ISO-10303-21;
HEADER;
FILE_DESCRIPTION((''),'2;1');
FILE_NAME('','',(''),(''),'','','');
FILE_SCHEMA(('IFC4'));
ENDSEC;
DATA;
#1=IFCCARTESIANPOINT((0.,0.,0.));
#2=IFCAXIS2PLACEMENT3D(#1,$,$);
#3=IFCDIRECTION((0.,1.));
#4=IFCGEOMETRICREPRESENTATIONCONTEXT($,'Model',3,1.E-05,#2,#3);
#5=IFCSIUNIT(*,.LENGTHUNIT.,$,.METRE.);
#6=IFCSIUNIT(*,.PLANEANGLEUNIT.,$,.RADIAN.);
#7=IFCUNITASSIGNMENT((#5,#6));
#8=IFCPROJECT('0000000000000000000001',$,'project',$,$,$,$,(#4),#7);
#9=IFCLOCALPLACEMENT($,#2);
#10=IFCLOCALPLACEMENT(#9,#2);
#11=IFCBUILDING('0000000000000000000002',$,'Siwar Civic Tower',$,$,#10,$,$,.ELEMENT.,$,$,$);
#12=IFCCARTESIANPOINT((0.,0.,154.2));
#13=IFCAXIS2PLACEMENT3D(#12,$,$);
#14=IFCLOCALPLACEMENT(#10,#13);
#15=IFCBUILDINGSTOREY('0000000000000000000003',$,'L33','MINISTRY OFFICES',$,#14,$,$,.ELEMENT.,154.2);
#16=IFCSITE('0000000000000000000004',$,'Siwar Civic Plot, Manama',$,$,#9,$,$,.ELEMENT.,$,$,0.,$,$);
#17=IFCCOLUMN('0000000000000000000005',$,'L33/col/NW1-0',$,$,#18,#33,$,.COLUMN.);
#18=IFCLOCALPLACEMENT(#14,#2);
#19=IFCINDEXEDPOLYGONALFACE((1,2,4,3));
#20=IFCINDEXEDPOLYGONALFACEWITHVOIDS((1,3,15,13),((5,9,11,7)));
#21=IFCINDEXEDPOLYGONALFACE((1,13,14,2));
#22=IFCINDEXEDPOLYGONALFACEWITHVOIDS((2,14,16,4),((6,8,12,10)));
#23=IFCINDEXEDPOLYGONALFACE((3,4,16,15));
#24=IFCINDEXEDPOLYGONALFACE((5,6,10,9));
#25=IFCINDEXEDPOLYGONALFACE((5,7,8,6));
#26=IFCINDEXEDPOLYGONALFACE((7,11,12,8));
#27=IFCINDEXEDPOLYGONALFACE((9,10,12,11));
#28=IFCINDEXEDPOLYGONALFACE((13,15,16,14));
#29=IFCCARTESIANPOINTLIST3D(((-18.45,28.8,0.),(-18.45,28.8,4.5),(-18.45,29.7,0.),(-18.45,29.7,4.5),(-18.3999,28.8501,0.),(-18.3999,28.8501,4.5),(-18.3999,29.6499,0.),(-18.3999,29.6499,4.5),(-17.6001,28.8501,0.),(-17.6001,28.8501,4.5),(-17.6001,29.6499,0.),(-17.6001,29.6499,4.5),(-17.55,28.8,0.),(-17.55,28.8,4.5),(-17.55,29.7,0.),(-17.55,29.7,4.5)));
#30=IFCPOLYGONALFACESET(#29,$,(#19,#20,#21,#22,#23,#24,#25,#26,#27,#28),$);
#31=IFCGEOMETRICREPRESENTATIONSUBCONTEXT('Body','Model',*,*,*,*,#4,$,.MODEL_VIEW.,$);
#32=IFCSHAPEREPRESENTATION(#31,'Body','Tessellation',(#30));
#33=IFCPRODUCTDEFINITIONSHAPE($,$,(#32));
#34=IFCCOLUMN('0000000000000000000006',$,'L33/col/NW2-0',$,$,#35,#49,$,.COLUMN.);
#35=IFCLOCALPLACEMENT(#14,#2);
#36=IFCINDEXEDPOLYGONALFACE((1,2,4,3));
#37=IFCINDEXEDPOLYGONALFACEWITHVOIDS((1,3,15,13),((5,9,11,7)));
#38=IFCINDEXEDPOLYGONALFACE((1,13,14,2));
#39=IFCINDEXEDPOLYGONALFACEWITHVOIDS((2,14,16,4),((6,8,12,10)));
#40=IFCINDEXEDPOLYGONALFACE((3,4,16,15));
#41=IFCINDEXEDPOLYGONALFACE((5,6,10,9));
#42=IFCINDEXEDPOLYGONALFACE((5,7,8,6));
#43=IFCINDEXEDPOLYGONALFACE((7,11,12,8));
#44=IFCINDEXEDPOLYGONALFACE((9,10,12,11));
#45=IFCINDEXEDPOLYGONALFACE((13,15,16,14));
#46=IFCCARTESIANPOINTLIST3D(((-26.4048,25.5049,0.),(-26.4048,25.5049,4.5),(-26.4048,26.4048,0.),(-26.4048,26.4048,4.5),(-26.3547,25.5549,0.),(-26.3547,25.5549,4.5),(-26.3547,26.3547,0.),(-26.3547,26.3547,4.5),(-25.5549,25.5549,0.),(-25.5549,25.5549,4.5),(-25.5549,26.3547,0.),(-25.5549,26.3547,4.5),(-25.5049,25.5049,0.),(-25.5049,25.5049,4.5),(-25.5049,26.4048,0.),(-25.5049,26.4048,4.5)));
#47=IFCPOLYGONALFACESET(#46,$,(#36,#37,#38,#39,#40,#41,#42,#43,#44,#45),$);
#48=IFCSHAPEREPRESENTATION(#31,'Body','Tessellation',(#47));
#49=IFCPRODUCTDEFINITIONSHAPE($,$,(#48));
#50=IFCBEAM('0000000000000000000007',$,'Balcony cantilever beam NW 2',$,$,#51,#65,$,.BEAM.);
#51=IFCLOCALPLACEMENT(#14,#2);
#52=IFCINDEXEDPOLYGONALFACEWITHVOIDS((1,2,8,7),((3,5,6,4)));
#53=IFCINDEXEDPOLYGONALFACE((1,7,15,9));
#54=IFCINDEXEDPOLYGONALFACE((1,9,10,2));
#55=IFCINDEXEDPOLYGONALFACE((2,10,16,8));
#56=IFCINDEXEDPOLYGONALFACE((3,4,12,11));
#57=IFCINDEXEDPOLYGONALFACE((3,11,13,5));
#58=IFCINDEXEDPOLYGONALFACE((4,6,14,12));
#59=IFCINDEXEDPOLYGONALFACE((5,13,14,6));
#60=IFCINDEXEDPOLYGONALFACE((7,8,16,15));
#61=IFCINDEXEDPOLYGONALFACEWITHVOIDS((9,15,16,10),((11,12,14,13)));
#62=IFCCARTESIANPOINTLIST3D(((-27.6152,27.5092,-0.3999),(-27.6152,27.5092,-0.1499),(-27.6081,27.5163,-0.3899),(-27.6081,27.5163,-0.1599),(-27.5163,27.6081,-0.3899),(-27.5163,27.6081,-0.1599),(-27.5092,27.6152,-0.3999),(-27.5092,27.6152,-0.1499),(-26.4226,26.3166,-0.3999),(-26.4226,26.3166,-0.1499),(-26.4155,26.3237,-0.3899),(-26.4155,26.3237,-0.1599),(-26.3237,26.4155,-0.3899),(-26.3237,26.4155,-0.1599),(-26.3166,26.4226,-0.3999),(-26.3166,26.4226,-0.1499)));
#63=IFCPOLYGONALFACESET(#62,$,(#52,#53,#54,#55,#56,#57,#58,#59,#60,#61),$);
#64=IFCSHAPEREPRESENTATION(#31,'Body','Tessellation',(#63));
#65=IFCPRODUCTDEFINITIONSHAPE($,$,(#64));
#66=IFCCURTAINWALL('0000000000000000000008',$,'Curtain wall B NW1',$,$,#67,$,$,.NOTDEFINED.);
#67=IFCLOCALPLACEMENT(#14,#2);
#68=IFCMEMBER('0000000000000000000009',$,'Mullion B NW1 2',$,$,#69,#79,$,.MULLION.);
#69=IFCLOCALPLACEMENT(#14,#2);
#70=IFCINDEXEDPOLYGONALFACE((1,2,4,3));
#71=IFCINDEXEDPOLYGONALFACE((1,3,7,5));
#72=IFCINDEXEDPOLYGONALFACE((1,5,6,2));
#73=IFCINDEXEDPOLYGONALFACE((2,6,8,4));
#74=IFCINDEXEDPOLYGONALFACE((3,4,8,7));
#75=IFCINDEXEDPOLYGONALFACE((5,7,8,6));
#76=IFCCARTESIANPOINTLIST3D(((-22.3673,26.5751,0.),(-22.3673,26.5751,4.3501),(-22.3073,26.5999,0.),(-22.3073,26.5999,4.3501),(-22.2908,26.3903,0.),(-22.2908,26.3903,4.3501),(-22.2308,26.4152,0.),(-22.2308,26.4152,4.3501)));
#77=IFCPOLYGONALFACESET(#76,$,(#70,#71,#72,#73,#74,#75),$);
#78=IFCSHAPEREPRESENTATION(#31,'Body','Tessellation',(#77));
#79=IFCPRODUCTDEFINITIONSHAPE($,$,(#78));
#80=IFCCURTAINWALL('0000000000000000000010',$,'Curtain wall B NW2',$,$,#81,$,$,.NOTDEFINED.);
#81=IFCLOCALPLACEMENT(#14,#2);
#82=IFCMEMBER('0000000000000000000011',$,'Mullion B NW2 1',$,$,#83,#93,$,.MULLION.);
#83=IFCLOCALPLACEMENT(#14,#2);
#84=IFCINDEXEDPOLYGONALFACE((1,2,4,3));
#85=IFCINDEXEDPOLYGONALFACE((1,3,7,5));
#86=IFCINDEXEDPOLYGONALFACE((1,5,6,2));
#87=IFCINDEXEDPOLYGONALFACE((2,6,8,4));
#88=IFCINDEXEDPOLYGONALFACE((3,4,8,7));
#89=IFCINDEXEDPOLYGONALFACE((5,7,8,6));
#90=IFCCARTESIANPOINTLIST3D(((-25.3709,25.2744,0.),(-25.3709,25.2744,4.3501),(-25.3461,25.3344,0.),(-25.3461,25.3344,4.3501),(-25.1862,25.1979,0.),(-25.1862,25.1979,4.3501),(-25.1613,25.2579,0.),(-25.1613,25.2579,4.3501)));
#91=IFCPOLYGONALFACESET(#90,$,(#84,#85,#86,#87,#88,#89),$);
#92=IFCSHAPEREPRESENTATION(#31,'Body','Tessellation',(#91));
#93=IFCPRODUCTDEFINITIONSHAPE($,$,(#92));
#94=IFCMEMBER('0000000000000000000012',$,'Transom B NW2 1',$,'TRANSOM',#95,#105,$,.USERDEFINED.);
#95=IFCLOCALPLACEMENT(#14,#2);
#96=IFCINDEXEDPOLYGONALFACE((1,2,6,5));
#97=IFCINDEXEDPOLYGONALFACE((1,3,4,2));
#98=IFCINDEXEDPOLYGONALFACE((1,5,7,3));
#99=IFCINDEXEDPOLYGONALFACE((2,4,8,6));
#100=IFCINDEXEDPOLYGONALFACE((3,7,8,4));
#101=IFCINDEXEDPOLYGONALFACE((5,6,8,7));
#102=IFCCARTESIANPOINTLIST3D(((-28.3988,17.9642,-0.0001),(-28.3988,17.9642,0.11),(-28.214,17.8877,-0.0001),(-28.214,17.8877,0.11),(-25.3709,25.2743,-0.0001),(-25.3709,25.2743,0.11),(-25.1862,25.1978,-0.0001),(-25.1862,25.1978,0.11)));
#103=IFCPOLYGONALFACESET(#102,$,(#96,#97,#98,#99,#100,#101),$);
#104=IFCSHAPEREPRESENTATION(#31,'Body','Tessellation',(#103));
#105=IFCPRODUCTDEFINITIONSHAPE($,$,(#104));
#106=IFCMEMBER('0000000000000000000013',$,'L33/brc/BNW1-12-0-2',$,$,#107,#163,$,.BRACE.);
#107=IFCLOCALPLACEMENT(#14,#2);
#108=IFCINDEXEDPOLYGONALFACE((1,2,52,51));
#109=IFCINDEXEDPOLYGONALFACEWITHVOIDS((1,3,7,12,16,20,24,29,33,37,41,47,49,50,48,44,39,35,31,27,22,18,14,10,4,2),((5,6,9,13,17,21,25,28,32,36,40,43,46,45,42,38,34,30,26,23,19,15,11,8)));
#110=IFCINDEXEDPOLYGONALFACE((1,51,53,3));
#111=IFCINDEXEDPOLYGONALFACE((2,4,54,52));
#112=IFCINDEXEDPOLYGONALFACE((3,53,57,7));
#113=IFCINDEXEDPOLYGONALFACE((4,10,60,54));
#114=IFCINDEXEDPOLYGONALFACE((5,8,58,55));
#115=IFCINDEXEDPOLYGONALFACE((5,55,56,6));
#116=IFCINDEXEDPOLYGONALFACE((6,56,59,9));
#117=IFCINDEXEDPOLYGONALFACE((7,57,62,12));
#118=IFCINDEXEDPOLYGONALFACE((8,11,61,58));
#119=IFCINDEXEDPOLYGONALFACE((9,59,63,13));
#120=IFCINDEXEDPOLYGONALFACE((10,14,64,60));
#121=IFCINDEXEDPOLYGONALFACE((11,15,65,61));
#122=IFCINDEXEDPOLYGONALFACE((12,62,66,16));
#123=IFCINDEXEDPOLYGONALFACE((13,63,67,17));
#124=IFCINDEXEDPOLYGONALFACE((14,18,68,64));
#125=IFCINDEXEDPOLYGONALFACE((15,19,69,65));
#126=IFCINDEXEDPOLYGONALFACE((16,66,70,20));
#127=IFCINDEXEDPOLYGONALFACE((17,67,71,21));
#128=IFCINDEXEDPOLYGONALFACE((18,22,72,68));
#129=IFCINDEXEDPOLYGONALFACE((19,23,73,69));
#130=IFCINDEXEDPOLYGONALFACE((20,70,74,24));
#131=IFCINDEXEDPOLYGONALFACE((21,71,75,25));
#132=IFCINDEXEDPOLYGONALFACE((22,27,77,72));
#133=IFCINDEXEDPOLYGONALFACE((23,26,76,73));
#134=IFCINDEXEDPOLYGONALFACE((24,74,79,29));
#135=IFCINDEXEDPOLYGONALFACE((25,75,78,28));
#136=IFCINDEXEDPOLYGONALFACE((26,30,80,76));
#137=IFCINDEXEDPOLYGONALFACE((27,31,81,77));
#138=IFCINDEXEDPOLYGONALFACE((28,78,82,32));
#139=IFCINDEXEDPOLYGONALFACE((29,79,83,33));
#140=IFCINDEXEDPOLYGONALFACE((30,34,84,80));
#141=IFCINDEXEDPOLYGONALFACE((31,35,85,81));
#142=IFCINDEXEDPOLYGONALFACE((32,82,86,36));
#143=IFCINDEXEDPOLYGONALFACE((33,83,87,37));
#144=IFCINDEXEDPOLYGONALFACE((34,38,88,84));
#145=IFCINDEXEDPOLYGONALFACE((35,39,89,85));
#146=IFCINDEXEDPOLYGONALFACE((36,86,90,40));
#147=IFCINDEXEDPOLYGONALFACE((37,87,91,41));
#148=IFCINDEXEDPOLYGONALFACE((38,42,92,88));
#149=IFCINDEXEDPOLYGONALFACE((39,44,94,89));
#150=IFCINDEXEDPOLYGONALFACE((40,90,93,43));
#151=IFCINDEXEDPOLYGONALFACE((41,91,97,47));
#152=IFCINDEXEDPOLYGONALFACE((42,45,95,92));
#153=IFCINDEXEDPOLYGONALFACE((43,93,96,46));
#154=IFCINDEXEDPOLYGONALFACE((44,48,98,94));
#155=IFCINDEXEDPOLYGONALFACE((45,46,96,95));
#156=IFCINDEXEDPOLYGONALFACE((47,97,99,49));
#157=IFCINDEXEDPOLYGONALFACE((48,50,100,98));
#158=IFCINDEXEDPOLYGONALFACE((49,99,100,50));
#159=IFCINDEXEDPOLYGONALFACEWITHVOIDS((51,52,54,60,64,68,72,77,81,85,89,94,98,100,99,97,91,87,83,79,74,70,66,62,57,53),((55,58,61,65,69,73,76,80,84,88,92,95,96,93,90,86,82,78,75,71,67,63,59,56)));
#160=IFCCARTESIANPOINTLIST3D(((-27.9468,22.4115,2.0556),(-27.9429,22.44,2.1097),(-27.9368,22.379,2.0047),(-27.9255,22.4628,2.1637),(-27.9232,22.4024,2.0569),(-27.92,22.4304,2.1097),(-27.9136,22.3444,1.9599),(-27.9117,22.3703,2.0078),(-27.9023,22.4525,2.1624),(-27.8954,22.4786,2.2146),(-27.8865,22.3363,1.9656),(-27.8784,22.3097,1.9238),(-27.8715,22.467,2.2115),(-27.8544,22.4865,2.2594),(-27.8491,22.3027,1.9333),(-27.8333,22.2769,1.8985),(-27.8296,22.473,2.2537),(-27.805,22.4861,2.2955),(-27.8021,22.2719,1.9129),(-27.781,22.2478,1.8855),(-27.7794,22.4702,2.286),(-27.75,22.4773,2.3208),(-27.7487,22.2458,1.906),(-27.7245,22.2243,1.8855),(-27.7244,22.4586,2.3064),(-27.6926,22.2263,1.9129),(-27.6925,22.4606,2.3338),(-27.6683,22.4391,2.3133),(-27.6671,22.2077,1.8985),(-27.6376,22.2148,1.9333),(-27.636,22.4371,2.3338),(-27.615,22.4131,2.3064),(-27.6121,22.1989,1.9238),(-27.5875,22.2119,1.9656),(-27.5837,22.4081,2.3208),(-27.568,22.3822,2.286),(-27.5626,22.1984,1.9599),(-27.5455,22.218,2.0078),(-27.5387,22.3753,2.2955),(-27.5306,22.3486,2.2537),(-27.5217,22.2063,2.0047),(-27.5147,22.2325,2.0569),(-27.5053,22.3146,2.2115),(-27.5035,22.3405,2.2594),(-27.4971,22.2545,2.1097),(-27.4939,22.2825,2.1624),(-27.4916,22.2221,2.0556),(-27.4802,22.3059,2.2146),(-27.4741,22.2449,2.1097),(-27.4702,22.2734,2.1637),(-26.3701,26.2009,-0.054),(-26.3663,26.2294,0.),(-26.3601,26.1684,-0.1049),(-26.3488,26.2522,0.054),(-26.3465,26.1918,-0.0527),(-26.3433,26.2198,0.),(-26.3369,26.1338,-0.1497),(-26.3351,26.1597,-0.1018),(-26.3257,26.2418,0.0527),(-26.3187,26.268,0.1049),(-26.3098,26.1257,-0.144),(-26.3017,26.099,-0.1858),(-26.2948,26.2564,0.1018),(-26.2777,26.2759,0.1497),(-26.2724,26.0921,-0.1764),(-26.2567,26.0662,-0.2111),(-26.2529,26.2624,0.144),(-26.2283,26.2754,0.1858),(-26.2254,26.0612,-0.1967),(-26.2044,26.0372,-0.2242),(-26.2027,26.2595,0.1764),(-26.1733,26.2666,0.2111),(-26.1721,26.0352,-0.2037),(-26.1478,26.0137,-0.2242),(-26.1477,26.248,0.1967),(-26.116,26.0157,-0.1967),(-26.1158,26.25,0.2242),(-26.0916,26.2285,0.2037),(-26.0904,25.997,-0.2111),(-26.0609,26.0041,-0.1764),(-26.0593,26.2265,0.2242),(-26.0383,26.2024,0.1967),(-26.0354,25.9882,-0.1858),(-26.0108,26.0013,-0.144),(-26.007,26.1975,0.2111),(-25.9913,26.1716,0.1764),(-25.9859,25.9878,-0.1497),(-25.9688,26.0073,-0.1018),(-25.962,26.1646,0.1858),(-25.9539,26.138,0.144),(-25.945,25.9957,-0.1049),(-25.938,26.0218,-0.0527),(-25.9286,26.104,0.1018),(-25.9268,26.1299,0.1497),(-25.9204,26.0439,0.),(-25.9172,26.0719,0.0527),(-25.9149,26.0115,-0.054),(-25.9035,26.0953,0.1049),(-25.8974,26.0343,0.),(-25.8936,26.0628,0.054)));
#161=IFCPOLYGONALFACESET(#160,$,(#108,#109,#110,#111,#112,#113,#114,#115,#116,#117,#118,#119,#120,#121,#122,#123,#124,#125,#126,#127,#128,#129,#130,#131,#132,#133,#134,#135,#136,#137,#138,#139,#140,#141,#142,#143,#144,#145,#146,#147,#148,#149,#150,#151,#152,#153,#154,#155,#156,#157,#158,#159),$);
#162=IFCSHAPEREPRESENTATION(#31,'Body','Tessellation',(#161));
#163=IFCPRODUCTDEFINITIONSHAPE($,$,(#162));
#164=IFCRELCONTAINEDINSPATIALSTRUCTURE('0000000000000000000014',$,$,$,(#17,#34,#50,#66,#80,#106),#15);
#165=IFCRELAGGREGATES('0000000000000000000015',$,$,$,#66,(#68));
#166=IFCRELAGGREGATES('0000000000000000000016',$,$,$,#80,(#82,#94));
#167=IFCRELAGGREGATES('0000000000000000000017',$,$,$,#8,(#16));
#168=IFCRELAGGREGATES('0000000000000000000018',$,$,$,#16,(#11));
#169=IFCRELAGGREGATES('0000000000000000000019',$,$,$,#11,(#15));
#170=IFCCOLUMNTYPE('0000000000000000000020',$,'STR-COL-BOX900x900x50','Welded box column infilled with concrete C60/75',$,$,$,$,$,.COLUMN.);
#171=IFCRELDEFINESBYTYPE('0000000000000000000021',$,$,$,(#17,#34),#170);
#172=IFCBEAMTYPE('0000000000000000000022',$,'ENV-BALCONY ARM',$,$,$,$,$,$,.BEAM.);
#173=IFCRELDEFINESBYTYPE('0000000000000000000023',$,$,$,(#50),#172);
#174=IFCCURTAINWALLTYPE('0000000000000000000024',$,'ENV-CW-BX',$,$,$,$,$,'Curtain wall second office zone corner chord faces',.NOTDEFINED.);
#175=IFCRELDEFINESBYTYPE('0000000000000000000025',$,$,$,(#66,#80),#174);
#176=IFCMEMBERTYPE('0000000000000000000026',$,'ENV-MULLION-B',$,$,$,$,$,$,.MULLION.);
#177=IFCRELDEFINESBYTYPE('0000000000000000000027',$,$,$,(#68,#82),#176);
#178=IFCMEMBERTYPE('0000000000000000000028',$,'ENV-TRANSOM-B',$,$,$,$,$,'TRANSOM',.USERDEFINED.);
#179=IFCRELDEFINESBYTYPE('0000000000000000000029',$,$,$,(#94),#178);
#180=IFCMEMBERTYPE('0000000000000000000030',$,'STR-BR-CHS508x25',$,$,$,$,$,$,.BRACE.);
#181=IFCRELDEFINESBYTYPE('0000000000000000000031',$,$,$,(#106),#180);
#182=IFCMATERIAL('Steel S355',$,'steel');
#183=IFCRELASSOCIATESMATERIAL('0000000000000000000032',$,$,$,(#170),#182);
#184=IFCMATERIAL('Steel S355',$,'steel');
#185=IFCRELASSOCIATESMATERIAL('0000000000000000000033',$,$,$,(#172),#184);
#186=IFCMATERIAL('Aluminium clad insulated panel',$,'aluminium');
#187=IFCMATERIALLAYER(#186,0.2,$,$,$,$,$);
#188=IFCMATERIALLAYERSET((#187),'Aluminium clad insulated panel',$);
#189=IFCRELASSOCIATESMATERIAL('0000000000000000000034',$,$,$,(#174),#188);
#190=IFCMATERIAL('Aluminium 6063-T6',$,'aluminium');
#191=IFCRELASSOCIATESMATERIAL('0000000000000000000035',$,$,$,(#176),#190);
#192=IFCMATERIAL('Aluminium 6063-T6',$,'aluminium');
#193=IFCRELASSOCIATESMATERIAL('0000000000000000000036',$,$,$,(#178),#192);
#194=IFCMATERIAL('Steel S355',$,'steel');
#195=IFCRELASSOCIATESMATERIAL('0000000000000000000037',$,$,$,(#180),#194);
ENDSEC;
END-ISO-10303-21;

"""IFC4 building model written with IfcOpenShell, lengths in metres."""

from ifc_helpers import new_model, si_unit, direction, frame, origin, origin_2d, place, context, subcontext, project, spatial, rectangle, hollow_rectangle, hollow_circle, extrude, material, layer, layer_set, material_profile, profile_set, type_object, element, aggregate, save


model = new_model("IFC4")

# Units and contexts
model_context = context("Model", 3, precision=1e-05, world=origin(), true_north=direction((0.0, 1.0)))
body_context = subcontext(model_context, "Body", "Model", "MODEL_VIEW")
ifc_project = project(units=[si_unit("LENGTHUNIT", "METRE"), si_unit("PLANEANGLEUNIT", "RADIAN")], contexts=[model_context])

# Site, building, storey
site_placement = place(None, origin())
site = spatial("IfcSite", under=ifc_project, at=site_placement, Name="Siwar Civic Plot, Manama", CompositionType="ELEMENT", RefElevation=0.0)
building_placement = place(site_placement, origin())
building = spatial("IfcBuilding", under=site, at=building_placement, Name="Siwar Civic Tower", CompositionType="ELEMENT")
storey_placement = place(building_placement, frame((0.0, 0.0, 154.2)))
storey = spatial("IfcBuildingStorey", under=building, at=storey_placement, Name="L33", Description="MINISTRY OFFICES", CompositionType="ELEMENT", Elevation=154.2)

# Columns
ifc_material_1 = material(Name="Steel S355", Category="steel")
ifc_material_profile_1 = material_profile(ifc_material_1, hollow_rectangle(XDim=0.8999, YDim=0.8999, WallThickness=0.05, at=origin_2d()), Name="BOX900x900x50")
ifc_profile_set_1 = profile_set([ifc_material_profile_1], Name="Steel S355")
column_type = type_object("IfcColumnType", Name="STR-COL-BOX900x900x50", Description="Welded box column infilled with concrete C60/75", PredefinedType="COLUMN", material=ifc_profile_set_1)
for number, where, z_axis, x_axis, name in (
    (1, (-18.0, 29.25, 0.0), (0.0, 0.0, 1.0), (1.0, 0.0, 0.0), "L33/col/NW1-0"),
    (2, (-25.9548, 25.9548, 0.0), (0.0, 0.0, 1.0), (1.0, 0.0, 0.0), "L33/col/NW2-0"),
):
    element("IfcColumn", number, at=place(storey_placement, frame(where, z_axis=z_axis, x_axis=x_axis)), inside=storey, type_object=column_type, Name=name, PredefinedType="COLUMN", context=body_context, shape_type="SweptSolid", body=[
        extrude(hollow_rectangle(XDim=0.8999, YDim=0.8999, WallThickness=0.05, at=origin_2d()), origin(), (0.0, 0.0, 1.0), 4.5),
    ])

# Beam
ifc_material_2 = material(Name="Steel S355", Category="steel")
ifc_material_profile_2 = material_profile(ifc_material_2, hollow_rectangle(XDim=0.1499, YDim=0.25, WallThickness=0.01, at=origin_2d()), Name="RHS250x150x10")
ifc_profile_set_2 = profile_set([ifc_material_profile_2], Name="Steel S355")
beam_type_1 = type_object("IfcBeamType", Name="ENV-BALCONY ARM", PredefinedType="BEAM", material=ifc_profile_set_2)
beam_1_placement = place(storey_placement, frame((-26.3696, 26.3696, -0.2749), z_axis=(-0.707107, 0.707107, 0.0), x_axis=(-0.707107, -0.707107, 0.0)))
element("IfcBeam", 3, at=beam_1_placement, inside=storey, type_object=beam_type_1, Name="Balcony cantilever beam NW 2", PredefinedType="BEAM", context=body_context, shape_type="SweptSolid", body=[
    extrude(hollow_rectangle(XDim=0.1499, YDim=0.25, WallThickness=0.01, at=origin_2d()), origin(), (0.0, 0.0, 1.0), 1.6865),
])

# Curtain wall, member
ifc_material_3 = material(Name="Aluminium clad insulated panel", Category="aluminium")
ifc_layer_1 = layer(ifc_material_3, 0.2)
ifc_layer_set_1 = layer_set([ifc_layer_1], Name="Aluminium clad insulated panel")
curtain_wall_type = type_object("IfcCurtainWallType", Name="ENV-CW-BX", ElementType="Curtain wall second office zone corner chord faces", PredefinedType="NOTDEFINED", material=ifc_layer_set_1)
curtain_wall_1_placement = place(storey_placement, origin())
curtain_wall_1 = element("IfcCurtainWall", 4, at=curtain_wall_1_placement, inside=storey, type_object=curtain_wall_type, Name="Curtain wall B NW1", PredefinedType="NOTDEFINED")
ifc_material_4 = material(Name="Aluminium 6063-T6", Category="aluminium")
ifc_material_profile_3 = material_profile(ifc_material_4, rectangle(XDim=0.2, YDim=0.0649, at=origin_2d()), Name="AL 200x65")
ifc_profile_set_3 = profile_set([ifc_material_profile_3], Name="Aluminium 6063-T6")
member_type_1 = type_object("IfcMemberType", Name="ENV-MULLION-B", PredefinedType="MULLION", material=ifc_profile_set_3)
member_1_placement = place(storey_placement, frame((-22.2991, 26.4951, 0.0), z_axis=(0.0, 0.0, 1.0), x_axis=(0.382683, -0.92388, 0.0)))
member_1 = element("IfcMember", 5, at=member_1_placement, type_object=member_type_1, Name="Mullion B NW1 2", PredefinedType="MULLION", context=body_context, shape_type="SweptSolid", body=[
    extrude(rectangle(XDim=0.2, YDim=0.0649, at=origin_2d()), origin(), (0.0, 0.0, 1.0), 4.3501),
])

# Curtain wall, members
curtain_wall_2_placement = place(storey_placement, origin())
curtain_wall_2 = element("IfcCurtainWall", 6, at=curtain_wall_2_placement, inside=storey, type_object=curtain_wall_type, Name="Curtain wall B NW2", PredefinedType="NOTDEFINED")
member_2_placement = place(storey_placement, frame((-25.2661, 25.2661, 0.0), z_axis=(0.0, 0.0, 1.0), x_axis=(0.92388, -0.382683, 0.0)))
member_2 = element("IfcMember", 7, at=member_2_placement, type_object=member_type_1, Name="Mullion B NW2 1", PredefinedType="MULLION", context=body_context, shape_type="SweptSolid", body=[
    extrude(rectangle(XDim=0.2, YDim=0.0649, at=origin_2d()), origin(), (0.0, 0.0, 1.0), 4.3501),
])
ifc_material_5 = material(Name="Aluminium 6063-T6", Category="aluminium")
ifc_material_profile_4 = material_profile(ifc_material_5, rectangle(XDim=0.2, YDim=0.1101, at=origin_2d()), Name="AL 200x110")
ifc_profile_set_4 = profile_set([ifc_material_profile_4], Name="Aluminium 6063-T6")
member_type_2 = type_object("IfcMemberType", Name="ENV-TRANSOM-B", ElementType="TRANSOM", PredefinedType="USERDEFINED", material=ifc_profile_set_4)
member_3_placement = place(storey_placement, frame((-25.2786, 25.2361, 0.0549), z_axis=(-0.382673, -0.923884, 0.0), x_axis=(0.923884, -0.382673, 0.0)))
member_3 = element("IfcMember", 8, at=member_3_placement, type_object=member_type_2, Name="Transom B NW2 1", ObjectType="TRANSOM", PredefinedType="USERDEFINED", context=body_context, shape_type="SweptSolid", body=[
    extrude(rectangle(XDim=0.2, YDim=0.1101, at=origin_2d()), origin(), (0.0, 0.0, 1.0), 7.9124),
])

# Member
ifc_material_6 = material(Name="Steel S355", Category="steel")
ifc_material_profile_5 = material_profile(ifc_material_6, hollow_circle(Radius=0.2539, WallThickness=0.0249, at=origin_2d()), Name="CHS508x25")
ifc_profile_set_5 = profile_set([ifc_material_profile_5], Name="Steel S355")
member_type_3 = type_object("IfcMemberType", Name="STR-BR-CHS508x25", PredefinedType="BRACE", material=ifc_profile_set_5)
member_4_placement = place(storey_placement, frame((-26.1318, 26.1318, 0.0), z_axis=(-0.341662, -0.821143, 0.457155), x_axis=(0.923269, -0.384155, 0.0)))
element("IfcMember", 9, at=member_4_placement, inside=storey, type_object=member_type_3, Name="L33/brc/BNW1-12-0-2", PredefinedType="BRACE", context=body_context, shape_type="SweptSolid", body=[
    extrude(hollow_circle(Radius=0.2539, WallThickness=0.0249, at=origin_2d()), origin(), (0.0, 0.0, 1.0), 4.6147),
])

aggregate(curtain_wall_1, [member_1])
aggregate(curtain_wall_2, [member_2, member_3])

save(model, "model.ifc")
